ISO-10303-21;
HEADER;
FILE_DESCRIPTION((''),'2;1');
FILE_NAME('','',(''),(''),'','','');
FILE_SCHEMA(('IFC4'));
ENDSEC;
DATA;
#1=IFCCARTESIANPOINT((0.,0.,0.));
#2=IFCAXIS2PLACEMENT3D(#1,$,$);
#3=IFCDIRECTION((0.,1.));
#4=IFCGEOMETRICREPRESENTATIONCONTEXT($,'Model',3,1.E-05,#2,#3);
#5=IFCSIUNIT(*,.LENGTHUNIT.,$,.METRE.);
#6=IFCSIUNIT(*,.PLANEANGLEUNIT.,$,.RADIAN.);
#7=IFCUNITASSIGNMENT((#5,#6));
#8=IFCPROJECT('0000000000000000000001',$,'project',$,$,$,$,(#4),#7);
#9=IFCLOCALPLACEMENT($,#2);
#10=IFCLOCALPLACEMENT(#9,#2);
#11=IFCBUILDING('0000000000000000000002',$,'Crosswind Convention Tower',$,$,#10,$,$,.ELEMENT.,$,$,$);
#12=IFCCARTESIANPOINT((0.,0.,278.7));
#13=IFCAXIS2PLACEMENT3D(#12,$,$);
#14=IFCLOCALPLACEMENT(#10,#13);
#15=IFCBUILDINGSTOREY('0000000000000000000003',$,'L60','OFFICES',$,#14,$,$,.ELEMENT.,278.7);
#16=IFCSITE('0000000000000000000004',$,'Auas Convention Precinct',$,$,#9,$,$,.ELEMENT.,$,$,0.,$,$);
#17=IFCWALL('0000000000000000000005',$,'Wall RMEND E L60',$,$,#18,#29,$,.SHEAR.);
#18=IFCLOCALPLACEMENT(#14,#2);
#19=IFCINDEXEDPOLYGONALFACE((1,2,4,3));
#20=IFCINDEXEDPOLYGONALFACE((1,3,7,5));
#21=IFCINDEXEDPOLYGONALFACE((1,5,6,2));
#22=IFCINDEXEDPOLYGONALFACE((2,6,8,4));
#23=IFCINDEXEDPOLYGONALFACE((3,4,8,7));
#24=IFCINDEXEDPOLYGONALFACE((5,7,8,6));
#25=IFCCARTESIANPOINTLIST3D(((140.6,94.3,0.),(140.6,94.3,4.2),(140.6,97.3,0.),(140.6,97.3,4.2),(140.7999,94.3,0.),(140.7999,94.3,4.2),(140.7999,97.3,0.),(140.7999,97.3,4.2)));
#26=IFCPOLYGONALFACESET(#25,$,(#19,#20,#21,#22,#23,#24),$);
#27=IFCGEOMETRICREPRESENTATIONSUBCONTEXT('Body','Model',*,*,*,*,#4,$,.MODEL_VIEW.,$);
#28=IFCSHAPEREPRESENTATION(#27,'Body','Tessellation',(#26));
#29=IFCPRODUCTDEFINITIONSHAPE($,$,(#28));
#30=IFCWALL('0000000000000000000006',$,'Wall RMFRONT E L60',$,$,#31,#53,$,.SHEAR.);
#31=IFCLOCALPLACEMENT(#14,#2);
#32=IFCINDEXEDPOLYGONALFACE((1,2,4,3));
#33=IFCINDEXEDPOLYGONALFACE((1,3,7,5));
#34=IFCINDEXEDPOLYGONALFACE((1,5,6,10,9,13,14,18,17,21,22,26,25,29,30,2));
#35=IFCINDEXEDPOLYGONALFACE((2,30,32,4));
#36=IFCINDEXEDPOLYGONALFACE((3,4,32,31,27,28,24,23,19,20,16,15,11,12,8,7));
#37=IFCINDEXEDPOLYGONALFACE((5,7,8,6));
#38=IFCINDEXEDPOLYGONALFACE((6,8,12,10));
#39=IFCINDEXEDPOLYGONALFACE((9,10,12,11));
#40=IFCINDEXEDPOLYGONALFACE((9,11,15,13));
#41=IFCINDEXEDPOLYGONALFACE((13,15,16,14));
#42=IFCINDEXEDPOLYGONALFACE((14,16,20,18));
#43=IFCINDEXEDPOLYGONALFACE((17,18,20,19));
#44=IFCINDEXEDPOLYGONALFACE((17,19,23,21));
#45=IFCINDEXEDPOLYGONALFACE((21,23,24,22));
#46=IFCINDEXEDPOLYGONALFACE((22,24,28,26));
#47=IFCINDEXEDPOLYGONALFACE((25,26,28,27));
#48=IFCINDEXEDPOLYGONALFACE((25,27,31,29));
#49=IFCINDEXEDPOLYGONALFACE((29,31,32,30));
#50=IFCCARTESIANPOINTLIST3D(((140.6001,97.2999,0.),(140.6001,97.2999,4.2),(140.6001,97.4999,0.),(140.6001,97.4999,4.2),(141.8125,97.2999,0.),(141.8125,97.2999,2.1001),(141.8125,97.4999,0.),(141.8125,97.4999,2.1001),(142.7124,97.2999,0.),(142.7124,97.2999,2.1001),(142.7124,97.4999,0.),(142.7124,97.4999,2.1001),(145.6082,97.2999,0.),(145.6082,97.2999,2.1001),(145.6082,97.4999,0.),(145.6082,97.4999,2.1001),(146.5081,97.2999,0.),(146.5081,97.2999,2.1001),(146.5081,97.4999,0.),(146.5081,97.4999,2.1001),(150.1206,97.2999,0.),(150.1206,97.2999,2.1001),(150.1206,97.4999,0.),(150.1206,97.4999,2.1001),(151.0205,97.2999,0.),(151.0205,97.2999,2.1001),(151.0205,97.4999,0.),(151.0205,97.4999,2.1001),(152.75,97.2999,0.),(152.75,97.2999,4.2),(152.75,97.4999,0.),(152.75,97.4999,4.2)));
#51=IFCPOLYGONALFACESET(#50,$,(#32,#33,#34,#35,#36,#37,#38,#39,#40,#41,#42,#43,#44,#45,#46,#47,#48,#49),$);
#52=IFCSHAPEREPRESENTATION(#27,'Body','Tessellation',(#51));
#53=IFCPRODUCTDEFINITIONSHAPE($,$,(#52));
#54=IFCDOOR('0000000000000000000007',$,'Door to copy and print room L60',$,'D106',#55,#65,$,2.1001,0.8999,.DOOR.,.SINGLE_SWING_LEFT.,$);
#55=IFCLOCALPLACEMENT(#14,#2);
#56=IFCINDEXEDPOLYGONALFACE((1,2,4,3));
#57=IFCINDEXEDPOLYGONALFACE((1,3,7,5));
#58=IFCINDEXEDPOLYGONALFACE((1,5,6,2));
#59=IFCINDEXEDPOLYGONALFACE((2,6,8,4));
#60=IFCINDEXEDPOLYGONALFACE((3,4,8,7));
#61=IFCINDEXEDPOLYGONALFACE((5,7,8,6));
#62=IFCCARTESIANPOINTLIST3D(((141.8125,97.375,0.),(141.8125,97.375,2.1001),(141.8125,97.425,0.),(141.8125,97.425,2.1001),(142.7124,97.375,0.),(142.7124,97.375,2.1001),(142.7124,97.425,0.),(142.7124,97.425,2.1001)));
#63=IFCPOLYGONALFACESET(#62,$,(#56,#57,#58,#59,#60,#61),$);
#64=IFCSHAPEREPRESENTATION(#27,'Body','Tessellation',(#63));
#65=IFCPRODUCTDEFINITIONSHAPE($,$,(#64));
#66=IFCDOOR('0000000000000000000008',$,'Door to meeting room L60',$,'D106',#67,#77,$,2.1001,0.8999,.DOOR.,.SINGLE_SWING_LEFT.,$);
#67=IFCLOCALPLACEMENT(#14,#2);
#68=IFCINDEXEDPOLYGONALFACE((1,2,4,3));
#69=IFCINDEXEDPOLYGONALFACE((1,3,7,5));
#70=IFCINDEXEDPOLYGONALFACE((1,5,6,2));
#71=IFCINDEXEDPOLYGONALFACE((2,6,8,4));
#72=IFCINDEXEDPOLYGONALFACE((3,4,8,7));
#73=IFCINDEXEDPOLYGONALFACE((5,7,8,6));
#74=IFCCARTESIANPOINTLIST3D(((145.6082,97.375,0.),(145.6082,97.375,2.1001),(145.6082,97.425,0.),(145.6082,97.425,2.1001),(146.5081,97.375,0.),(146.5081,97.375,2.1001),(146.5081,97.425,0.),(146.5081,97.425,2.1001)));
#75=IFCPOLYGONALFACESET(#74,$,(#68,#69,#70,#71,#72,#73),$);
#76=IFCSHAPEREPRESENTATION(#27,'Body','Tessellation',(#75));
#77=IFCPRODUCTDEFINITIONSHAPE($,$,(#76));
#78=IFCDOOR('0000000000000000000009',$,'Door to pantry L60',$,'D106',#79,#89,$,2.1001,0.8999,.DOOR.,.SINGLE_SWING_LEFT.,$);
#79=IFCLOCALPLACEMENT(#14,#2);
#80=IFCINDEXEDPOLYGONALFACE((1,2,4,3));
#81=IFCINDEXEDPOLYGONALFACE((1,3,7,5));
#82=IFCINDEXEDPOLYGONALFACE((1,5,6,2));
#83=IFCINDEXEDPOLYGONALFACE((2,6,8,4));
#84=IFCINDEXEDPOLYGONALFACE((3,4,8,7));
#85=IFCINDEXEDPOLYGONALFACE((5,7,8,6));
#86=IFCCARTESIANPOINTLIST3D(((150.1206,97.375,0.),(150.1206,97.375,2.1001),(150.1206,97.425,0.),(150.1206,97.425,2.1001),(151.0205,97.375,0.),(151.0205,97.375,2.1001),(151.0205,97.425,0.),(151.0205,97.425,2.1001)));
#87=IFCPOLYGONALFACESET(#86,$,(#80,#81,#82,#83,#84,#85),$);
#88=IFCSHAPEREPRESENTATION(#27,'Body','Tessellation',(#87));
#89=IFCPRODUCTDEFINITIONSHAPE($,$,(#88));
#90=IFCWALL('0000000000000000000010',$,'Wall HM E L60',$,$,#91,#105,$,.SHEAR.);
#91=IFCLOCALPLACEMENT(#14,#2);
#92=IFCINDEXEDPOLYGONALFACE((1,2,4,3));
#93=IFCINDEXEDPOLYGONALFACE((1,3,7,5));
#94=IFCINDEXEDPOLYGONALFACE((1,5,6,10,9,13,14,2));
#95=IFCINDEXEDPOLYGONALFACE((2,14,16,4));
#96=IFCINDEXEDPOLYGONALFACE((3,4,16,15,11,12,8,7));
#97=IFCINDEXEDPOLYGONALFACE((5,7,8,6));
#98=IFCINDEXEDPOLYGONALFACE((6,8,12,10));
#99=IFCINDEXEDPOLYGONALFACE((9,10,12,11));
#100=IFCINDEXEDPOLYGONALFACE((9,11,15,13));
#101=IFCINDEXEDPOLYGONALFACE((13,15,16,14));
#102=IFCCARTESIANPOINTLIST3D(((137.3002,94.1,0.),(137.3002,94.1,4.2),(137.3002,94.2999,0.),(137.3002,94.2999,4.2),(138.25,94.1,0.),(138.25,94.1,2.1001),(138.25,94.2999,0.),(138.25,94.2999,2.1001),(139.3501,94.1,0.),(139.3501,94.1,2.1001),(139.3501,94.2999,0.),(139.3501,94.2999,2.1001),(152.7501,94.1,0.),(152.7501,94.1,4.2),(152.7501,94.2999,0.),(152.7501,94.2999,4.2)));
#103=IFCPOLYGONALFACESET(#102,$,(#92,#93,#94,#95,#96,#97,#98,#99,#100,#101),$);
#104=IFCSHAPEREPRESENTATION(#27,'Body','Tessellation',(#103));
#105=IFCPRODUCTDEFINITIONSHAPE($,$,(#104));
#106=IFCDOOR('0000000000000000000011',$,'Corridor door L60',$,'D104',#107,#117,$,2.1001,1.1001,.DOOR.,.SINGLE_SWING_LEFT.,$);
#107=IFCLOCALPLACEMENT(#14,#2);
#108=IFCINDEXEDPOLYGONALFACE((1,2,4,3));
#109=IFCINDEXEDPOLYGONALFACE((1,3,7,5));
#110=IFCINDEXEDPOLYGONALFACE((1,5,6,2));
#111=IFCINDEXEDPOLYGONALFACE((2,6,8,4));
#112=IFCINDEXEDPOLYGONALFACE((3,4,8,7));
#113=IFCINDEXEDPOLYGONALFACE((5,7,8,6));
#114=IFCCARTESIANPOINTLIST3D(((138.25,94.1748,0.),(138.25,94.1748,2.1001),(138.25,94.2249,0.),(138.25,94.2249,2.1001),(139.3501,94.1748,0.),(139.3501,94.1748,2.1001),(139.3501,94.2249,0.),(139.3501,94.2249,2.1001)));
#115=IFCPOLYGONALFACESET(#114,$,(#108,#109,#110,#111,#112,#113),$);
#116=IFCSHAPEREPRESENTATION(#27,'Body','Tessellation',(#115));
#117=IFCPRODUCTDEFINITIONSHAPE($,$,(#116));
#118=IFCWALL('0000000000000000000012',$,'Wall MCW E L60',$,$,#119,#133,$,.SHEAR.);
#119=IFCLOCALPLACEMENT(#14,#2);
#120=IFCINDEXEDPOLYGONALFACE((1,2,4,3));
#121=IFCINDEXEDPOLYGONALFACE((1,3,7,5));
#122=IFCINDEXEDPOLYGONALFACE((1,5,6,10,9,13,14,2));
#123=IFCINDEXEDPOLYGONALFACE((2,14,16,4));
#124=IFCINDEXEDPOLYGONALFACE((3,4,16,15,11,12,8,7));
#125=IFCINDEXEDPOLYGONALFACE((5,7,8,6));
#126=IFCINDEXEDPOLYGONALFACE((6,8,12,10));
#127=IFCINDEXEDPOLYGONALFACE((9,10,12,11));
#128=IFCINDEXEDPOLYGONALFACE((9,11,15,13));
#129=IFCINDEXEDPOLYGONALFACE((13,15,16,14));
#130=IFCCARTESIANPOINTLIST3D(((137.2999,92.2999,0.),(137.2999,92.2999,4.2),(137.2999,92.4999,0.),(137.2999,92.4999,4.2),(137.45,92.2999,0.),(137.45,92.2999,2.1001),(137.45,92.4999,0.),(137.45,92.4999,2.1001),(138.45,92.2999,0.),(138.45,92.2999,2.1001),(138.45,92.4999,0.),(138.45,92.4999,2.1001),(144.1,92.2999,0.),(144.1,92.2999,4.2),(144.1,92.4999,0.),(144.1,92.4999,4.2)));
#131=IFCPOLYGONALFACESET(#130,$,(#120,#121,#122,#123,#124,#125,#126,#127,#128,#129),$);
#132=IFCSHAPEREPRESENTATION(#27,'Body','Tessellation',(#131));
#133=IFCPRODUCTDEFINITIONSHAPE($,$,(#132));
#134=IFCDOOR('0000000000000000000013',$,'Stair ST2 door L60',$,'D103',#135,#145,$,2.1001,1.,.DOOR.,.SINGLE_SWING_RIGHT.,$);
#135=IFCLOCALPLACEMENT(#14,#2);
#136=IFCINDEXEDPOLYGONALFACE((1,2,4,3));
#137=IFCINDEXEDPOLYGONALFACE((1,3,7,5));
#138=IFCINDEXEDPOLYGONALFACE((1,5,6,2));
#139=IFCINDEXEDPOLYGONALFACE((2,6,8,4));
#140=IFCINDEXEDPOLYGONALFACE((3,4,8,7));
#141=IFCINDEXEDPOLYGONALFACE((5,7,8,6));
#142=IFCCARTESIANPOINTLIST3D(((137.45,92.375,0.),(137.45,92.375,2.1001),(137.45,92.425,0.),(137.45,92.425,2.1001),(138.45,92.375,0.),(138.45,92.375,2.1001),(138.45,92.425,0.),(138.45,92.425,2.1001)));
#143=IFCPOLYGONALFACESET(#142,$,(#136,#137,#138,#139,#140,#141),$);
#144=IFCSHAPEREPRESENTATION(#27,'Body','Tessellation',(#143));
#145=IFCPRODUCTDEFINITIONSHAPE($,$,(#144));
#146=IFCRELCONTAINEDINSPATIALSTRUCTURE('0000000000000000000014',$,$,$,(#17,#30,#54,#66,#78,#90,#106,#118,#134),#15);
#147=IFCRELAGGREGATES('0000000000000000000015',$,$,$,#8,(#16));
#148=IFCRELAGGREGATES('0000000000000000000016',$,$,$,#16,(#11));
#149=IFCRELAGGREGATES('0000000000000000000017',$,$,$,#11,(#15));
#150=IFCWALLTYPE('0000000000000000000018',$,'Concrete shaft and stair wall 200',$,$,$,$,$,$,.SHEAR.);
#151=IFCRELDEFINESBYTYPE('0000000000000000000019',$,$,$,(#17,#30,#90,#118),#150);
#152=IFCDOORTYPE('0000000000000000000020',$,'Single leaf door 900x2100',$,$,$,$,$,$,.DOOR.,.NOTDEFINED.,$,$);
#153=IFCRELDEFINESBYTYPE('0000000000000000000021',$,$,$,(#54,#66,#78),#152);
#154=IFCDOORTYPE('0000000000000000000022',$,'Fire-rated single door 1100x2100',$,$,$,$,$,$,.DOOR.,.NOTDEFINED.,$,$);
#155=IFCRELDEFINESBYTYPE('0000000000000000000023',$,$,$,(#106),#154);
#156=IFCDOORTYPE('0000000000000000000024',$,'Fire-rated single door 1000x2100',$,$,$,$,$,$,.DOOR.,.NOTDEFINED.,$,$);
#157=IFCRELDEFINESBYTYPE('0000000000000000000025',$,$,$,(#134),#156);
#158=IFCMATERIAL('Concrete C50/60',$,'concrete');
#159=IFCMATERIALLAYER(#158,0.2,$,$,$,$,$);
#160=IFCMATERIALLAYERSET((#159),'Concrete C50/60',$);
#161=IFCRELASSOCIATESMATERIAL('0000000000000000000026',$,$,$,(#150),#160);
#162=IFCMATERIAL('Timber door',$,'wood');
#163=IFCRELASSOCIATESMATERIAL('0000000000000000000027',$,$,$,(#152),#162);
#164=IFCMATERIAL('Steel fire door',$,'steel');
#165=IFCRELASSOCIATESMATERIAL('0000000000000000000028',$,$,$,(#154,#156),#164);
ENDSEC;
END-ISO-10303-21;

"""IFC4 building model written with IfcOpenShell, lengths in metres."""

from ifc_helpers import new_model, si_unit, direction, frame, frame_2d, origin, place, context, subcontext, project, spatial, rectangle, extrude, material, layer, layer_set, type_object, element, fill, save


model = new_model("IFC4")

# Units and contexts
model_context = context("Model", 3, precision=1e-05, world=origin(), true_north=direction((0.0, 1.0)))
body_context = subcontext(model_context, "Body", "Model", "MODEL_VIEW")
ifc_project = project(units=[si_unit("LENGTHUNIT", "METRE"), si_unit("PLANEANGLEUNIT", "RADIAN")], contexts=[model_context])

# Site, building, storey
site_placement = place(None, origin())
site = spatial("IfcSite", under=ifc_project, at=site_placement, Name="Auas Convention Precinct", CompositionType="ELEMENT", RefElevation=0.0)
building_placement = place(site_placement, origin())
building = spatial("IfcBuilding", under=site, at=building_placement, Name="Crosswind Convention Tower", CompositionType="ELEMENT")
storey_placement = place(building_placement, frame((0.0, 0.0, 278.7)))
storey = spatial("IfcBuildingStorey", under=building, at=storey_placement, Name="L60", Description="OFFICES", CompositionType="ELEMENT", Elevation=278.7)

# Shared definitions
ifc_material_1 = material(Name="Concrete C50/60", Category="concrete")

# Wall
ifc_layer_1 = layer(ifc_material_1, 0.2)
ifc_layer_set_1 = layer_set([ifc_layer_1], Name="Concrete C50/60")
wall_type_1 = type_object("IfcWallType", Name="Concrete shaft and stair wall 200", PredefinedType="SHEAR", material=ifc_layer_set_1)
wall_1_placement = place(storey_placement, frame((140.7, 94.3, 0.0), z_axis=(0.0, 0.0, 1.0), x_axis=(0.0, 1.0, 0.0)))
element("IfcWall", 1, at=wall_1_placement, inside=storey, type_object=wall_type_1, Name="Wall RMEND E L60", PredefinedType="SHEAR", context=body_context, shape_type="SweptSolid", body=[
    extrude(rectangle(XDim=3.0, YDim=0.2, at=frame_2d((1.5, 0.0))), origin(), (0.0, 0.0, 1.0), 4.2),
])

# Wall, openings, doors
wall_2_placement = place(storey_placement, frame((140.6001, 97.3999, 0.0), z_axis=(0.0, 0.0, 1.0), x_axis=(1.0, 0.0, 0.0)))
wall_2 = element("IfcWall", 2, at=wall_2_placement, inside=storey, type_object=wall_type_1, Name="Wall RMFRONT E L60", PredefinedType="SHEAR", context=body_context, shape_type="SweptSolid", body=[
    extrude(rectangle(XDim=12.1499, YDim=0.2, at=frame_2d((6.075, 0.0))), origin(), (0.0, 0.0, 1.0), 4.2),
])
opening_1_placement = place(wall_2_placement, frame((1.2124, 0.0, 0.0)))
opening_1 = element("IfcOpeningElement", 3, at=opening_1_placement, cuts=wall_2, PredefinedType="OPENING", context=body_context, shape_type="SweptSolid", body=[
    extrude(rectangle(XDim=0.8999, YDim=2.1001, at=frame_2d((0.45, 1.05))), frame((0.0, 0.1099, 0.0), z_axis=(0.0, -1.0, 0.0), x_axis=(1.0, 0.0, 0.0)), (0.0, 0.0, 1.0), 0.22),
])
opening_2_placement = place(wall_2_placement, frame((5.0081, 0.0, 0.0)))
opening_2 = element("IfcOpeningElement", 4, at=opening_2_placement, cuts=wall_2, PredefinedType="OPENING", context=body_context, shape_type="SweptSolid", body=[
    extrude(rectangle(XDim=0.8999, YDim=2.1001, at=frame_2d((0.45, 1.05))), frame((0.0, 0.1099, 0.0), z_axis=(0.0, -1.0, 0.0), x_axis=(1.0, 0.0, 0.0)), (0.0, 0.0, 1.0), 0.22),
])
opening_3_placement = place(wall_2_placement, frame((9.5205, 0.0, 0.0)))
opening_3 = element("IfcOpeningElement", 5, at=opening_3_placement, cuts=wall_2, PredefinedType="OPENING", context=body_context, shape_type="SweptSolid", body=[
    extrude(rectangle(XDim=0.8999, YDim=2.1001, at=frame_2d((0.45, 1.05))), frame((0.0, 0.1099, 0.0), z_axis=(0.0, -1.0, 0.0), x_axis=(1.0, 0.0, 0.0)), (0.0, 0.0, 1.0), 0.22),
])
ifc_material_2 = material(Name="Timber door", Category="wood")
door_type_1 = type_object("IfcDoorType", Name="Single leaf door 900x2100", OperationType="NOTDEFINED", PredefinedType="DOOR", material=ifc_material_2)
door_1_placement = place(opening_1_placement, frame((0.8999, 0.0, 0.0), z_axis=(0.0, 0.0, 1.0), x_axis=(-1.0, 0.0, 0.0)))
door_1 = element("IfcDoor", 6, at=door_1_placement, inside=storey, type_object=door_type_1, Name="Door to copy and print room L60", ObjectType="D106", OperationType="SINGLE_SWING_LEFT", OverallHeight=2.1001, OverallWidth=0.8999, PredefinedType="DOOR", context=body_context, shape_type="SweptSolid", body=[
    extrude(rectangle(XDim=0.8999, YDim=2.1001, at=frame_2d((0.45, 1.05))), frame((0.0, 0.0249, 0.0), z_axis=(0.0, -1.0, 0.0), x_axis=(1.0, 0.0, 0.0)), (0.0, 0.0, 1.0), 0.05),
])
fill(opening_1, door_1)
door_2_placement = place(opening_2_placement, frame((0.8999, 0.0, 0.0), z_axis=(0.0, 0.0, 1.0), x_axis=(-1.0, 0.0, 0.0)))
door_2 = element("IfcDoor", 7, at=door_2_placement, inside=storey, type_object=door_type_1, Name="Door to meeting room L60", ObjectType="D106", OperationType="SINGLE_SWING_LEFT", OverallHeight=2.1001, OverallWidth=0.8999, PredefinedType="DOOR", context=body_context, shape_type="SweptSolid", body=[
    extrude(rectangle(XDim=0.8999, YDim=2.1001, at=frame_2d((0.45, 1.05))), frame((0.0, 0.0249, 0.0), z_axis=(0.0, -1.0, 0.0), x_axis=(1.0, 0.0, 0.0)), (0.0, 0.0, 1.0), 0.05),
])
fill(opening_2, door_2)
door_3_placement = place(opening_3_placement, frame((0.8999, 0.0, 0.0), z_axis=(0.0, 0.0, 1.0), x_axis=(-1.0, 0.0, 0.0)))
door_3 = element("IfcDoor", 8, at=door_3_placement, inside=storey, type_object=door_type_1, Name="Door to pantry L60", ObjectType="D106", OperationType="SINGLE_SWING_LEFT", OverallHeight=2.1001, OverallWidth=0.8999, PredefinedType="DOOR", context=body_context, shape_type="SweptSolid", body=[
    extrude(rectangle(XDim=0.8999, YDim=2.1001, at=frame_2d((0.45, 1.05))), frame((0.0, 0.0249, 0.0), z_axis=(0.0, -1.0, 0.0), x_axis=(1.0, 0.0, 0.0)), (0.0, 0.0, 1.0), 0.05),
])
fill(opening_3, door_3)

# Walls, openings, doors
wall_3_placement = place(storey_placement, frame((137.3, 94.2, 0.0), z_axis=(0.0, 0.0, 1.0), x_axis=(1.0, 0.0, 0.0)))
wall_3 = element("IfcWall", 9, at=wall_3_placement, inside=storey, type_object=wall_type_1, Name="Wall HM E L60", PredefinedType="SHEAR", context=body_context, shape_type="SweptSolid", body=[
    extrude(rectangle(XDim=15.45, YDim=0.2, at=frame_2d((7.7251, 0.0))), origin(), (0.0, 0.0, 1.0), 4.2),
])
opening_4_placement = place(wall_3_placement, frame((0.95, 0.0, 0.0)))
opening_4 = element("IfcOpeningElement", 10, at=opening_4_placement, cuts=wall_3, PredefinedType="OPENING", context=body_context, shape_type="SweptSolid", body=[
    extrude(rectangle(XDim=1.1001, YDim=2.1001, at=frame_2d((0.55, 1.05))), frame((0.0, 0.1099, 0.0), z_axis=(0.0, -1.0, 0.0), x_axis=(1.0, 0.0, 0.0)), (0.0, 0.0, 1.0), 0.22),
])
ifc_material_3 = material(Name="Steel fire door", Category="steel")
door_type_2 = type_object("IfcDoorType", Name="Fire-rated single door 1100x2100", OperationType="NOTDEFINED", PredefinedType="DOOR", material=ifc_material_3)
door_4_placement = place(opening_4_placement, origin())
door_4 = element("IfcDoor", 11, at=door_4_placement, inside=storey, type_object=door_type_2, Name="Corridor door L60", ObjectType="D104", OperationType="SINGLE_SWING_LEFT", OverallHeight=2.1001, OverallWidth=1.1001, PredefinedType="DOOR", context=body_context, shape_type="SweptSolid", body=[
    extrude(rectangle(XDim=1.1001, YDim=2.1001, at=frame_2d((0.55, 1.05))), frame((0.0, 0.0249, 0.0), z_axis=(0.0, -1.0, 0.0), x_axis=(1.0, 0.0, 0.0)), (0.0, 0.0, 1.0), 0.05),
])
fill(opening_4, door_4)
wall_4_placement = place(storey_placement, frame((137.3, 92.3999, 0.0), z_axis=(0.0, 0.0, 1.0), x_axis=(1.0, 0.0, 0.0)))
wall_4 = element("IfcWall", 12, at=wall_4_placement, inside=storey, type_object=wall_type_1, Name="Wall MCW E L60", PredefinedType="SHEAR", context=body_context, shape_type="SweptSolid", body=[
    extrude(rectangle(XDim=6.8, YDim=0.2, at=frame_2d((3.3999, 0.0))), origin(), (0.0, 0.0, 1.0), 4.2),
])
opening_5_placement = place(wall_4_placement, frame((0.1499, 0.0, 0.0)))
opening_5 = element("IfcOpeningElement", 13, at=opening_5_placement, cuts=wall_4, PredefinedType="OPENING", context=body_context, shape_type="SweptSolid", body=[
    extrude(rectangle(XDim=1.0, YDim=2.1001, at=frame_2d((0.5, 1.05))), frame((0.0, 0.1099, 0.0), z_axis=(0.0, -1.0, 0.0), x_axis=(1.0, 0.0, 0.0)), (0.0, 0.0, 1.0), 0.22),
])
door_type_3 = type_object("IfcDoorType", Name="Fire-rated single door 1000x2100", OperationType="NOTDEFINED", PredefinedType="DOOR", material=ifc_material_3)
door_5_placement = place(opening_5_placement, frame((1.0, 0.0, 0.0), z_axis=(0.0, 0.0, 1.0), x_axis=(-1.0, 0.0, 0.0)))
door_5 = element("IfcDoor", 14, at=door_5_placement, inside=storey, type_object=door_type_3, Name="Stair ST2 door L60", ObjectType="D103", OperationType="SINGLE_SWING_RIGHT", OverallHeight=2.1001, OverallWidth=1.0, PredefinedType="DOOR", context=body_context, shape_type="SweptSolid", body=[
    extrude(rectangle(XDim=1.0, YDim=2.1001, at=frame_2d((0.5, 1.05))), frame((0.0, 0.0249, 0.0), z_axis=(0.0, -1.0, 0.0), x_axis=(1.0, 0.0, 0.0)), (0.0, 0.0, 1.0), 0.05),
])
fill(opening_5, door_5)

save(model, "model.ifc")
